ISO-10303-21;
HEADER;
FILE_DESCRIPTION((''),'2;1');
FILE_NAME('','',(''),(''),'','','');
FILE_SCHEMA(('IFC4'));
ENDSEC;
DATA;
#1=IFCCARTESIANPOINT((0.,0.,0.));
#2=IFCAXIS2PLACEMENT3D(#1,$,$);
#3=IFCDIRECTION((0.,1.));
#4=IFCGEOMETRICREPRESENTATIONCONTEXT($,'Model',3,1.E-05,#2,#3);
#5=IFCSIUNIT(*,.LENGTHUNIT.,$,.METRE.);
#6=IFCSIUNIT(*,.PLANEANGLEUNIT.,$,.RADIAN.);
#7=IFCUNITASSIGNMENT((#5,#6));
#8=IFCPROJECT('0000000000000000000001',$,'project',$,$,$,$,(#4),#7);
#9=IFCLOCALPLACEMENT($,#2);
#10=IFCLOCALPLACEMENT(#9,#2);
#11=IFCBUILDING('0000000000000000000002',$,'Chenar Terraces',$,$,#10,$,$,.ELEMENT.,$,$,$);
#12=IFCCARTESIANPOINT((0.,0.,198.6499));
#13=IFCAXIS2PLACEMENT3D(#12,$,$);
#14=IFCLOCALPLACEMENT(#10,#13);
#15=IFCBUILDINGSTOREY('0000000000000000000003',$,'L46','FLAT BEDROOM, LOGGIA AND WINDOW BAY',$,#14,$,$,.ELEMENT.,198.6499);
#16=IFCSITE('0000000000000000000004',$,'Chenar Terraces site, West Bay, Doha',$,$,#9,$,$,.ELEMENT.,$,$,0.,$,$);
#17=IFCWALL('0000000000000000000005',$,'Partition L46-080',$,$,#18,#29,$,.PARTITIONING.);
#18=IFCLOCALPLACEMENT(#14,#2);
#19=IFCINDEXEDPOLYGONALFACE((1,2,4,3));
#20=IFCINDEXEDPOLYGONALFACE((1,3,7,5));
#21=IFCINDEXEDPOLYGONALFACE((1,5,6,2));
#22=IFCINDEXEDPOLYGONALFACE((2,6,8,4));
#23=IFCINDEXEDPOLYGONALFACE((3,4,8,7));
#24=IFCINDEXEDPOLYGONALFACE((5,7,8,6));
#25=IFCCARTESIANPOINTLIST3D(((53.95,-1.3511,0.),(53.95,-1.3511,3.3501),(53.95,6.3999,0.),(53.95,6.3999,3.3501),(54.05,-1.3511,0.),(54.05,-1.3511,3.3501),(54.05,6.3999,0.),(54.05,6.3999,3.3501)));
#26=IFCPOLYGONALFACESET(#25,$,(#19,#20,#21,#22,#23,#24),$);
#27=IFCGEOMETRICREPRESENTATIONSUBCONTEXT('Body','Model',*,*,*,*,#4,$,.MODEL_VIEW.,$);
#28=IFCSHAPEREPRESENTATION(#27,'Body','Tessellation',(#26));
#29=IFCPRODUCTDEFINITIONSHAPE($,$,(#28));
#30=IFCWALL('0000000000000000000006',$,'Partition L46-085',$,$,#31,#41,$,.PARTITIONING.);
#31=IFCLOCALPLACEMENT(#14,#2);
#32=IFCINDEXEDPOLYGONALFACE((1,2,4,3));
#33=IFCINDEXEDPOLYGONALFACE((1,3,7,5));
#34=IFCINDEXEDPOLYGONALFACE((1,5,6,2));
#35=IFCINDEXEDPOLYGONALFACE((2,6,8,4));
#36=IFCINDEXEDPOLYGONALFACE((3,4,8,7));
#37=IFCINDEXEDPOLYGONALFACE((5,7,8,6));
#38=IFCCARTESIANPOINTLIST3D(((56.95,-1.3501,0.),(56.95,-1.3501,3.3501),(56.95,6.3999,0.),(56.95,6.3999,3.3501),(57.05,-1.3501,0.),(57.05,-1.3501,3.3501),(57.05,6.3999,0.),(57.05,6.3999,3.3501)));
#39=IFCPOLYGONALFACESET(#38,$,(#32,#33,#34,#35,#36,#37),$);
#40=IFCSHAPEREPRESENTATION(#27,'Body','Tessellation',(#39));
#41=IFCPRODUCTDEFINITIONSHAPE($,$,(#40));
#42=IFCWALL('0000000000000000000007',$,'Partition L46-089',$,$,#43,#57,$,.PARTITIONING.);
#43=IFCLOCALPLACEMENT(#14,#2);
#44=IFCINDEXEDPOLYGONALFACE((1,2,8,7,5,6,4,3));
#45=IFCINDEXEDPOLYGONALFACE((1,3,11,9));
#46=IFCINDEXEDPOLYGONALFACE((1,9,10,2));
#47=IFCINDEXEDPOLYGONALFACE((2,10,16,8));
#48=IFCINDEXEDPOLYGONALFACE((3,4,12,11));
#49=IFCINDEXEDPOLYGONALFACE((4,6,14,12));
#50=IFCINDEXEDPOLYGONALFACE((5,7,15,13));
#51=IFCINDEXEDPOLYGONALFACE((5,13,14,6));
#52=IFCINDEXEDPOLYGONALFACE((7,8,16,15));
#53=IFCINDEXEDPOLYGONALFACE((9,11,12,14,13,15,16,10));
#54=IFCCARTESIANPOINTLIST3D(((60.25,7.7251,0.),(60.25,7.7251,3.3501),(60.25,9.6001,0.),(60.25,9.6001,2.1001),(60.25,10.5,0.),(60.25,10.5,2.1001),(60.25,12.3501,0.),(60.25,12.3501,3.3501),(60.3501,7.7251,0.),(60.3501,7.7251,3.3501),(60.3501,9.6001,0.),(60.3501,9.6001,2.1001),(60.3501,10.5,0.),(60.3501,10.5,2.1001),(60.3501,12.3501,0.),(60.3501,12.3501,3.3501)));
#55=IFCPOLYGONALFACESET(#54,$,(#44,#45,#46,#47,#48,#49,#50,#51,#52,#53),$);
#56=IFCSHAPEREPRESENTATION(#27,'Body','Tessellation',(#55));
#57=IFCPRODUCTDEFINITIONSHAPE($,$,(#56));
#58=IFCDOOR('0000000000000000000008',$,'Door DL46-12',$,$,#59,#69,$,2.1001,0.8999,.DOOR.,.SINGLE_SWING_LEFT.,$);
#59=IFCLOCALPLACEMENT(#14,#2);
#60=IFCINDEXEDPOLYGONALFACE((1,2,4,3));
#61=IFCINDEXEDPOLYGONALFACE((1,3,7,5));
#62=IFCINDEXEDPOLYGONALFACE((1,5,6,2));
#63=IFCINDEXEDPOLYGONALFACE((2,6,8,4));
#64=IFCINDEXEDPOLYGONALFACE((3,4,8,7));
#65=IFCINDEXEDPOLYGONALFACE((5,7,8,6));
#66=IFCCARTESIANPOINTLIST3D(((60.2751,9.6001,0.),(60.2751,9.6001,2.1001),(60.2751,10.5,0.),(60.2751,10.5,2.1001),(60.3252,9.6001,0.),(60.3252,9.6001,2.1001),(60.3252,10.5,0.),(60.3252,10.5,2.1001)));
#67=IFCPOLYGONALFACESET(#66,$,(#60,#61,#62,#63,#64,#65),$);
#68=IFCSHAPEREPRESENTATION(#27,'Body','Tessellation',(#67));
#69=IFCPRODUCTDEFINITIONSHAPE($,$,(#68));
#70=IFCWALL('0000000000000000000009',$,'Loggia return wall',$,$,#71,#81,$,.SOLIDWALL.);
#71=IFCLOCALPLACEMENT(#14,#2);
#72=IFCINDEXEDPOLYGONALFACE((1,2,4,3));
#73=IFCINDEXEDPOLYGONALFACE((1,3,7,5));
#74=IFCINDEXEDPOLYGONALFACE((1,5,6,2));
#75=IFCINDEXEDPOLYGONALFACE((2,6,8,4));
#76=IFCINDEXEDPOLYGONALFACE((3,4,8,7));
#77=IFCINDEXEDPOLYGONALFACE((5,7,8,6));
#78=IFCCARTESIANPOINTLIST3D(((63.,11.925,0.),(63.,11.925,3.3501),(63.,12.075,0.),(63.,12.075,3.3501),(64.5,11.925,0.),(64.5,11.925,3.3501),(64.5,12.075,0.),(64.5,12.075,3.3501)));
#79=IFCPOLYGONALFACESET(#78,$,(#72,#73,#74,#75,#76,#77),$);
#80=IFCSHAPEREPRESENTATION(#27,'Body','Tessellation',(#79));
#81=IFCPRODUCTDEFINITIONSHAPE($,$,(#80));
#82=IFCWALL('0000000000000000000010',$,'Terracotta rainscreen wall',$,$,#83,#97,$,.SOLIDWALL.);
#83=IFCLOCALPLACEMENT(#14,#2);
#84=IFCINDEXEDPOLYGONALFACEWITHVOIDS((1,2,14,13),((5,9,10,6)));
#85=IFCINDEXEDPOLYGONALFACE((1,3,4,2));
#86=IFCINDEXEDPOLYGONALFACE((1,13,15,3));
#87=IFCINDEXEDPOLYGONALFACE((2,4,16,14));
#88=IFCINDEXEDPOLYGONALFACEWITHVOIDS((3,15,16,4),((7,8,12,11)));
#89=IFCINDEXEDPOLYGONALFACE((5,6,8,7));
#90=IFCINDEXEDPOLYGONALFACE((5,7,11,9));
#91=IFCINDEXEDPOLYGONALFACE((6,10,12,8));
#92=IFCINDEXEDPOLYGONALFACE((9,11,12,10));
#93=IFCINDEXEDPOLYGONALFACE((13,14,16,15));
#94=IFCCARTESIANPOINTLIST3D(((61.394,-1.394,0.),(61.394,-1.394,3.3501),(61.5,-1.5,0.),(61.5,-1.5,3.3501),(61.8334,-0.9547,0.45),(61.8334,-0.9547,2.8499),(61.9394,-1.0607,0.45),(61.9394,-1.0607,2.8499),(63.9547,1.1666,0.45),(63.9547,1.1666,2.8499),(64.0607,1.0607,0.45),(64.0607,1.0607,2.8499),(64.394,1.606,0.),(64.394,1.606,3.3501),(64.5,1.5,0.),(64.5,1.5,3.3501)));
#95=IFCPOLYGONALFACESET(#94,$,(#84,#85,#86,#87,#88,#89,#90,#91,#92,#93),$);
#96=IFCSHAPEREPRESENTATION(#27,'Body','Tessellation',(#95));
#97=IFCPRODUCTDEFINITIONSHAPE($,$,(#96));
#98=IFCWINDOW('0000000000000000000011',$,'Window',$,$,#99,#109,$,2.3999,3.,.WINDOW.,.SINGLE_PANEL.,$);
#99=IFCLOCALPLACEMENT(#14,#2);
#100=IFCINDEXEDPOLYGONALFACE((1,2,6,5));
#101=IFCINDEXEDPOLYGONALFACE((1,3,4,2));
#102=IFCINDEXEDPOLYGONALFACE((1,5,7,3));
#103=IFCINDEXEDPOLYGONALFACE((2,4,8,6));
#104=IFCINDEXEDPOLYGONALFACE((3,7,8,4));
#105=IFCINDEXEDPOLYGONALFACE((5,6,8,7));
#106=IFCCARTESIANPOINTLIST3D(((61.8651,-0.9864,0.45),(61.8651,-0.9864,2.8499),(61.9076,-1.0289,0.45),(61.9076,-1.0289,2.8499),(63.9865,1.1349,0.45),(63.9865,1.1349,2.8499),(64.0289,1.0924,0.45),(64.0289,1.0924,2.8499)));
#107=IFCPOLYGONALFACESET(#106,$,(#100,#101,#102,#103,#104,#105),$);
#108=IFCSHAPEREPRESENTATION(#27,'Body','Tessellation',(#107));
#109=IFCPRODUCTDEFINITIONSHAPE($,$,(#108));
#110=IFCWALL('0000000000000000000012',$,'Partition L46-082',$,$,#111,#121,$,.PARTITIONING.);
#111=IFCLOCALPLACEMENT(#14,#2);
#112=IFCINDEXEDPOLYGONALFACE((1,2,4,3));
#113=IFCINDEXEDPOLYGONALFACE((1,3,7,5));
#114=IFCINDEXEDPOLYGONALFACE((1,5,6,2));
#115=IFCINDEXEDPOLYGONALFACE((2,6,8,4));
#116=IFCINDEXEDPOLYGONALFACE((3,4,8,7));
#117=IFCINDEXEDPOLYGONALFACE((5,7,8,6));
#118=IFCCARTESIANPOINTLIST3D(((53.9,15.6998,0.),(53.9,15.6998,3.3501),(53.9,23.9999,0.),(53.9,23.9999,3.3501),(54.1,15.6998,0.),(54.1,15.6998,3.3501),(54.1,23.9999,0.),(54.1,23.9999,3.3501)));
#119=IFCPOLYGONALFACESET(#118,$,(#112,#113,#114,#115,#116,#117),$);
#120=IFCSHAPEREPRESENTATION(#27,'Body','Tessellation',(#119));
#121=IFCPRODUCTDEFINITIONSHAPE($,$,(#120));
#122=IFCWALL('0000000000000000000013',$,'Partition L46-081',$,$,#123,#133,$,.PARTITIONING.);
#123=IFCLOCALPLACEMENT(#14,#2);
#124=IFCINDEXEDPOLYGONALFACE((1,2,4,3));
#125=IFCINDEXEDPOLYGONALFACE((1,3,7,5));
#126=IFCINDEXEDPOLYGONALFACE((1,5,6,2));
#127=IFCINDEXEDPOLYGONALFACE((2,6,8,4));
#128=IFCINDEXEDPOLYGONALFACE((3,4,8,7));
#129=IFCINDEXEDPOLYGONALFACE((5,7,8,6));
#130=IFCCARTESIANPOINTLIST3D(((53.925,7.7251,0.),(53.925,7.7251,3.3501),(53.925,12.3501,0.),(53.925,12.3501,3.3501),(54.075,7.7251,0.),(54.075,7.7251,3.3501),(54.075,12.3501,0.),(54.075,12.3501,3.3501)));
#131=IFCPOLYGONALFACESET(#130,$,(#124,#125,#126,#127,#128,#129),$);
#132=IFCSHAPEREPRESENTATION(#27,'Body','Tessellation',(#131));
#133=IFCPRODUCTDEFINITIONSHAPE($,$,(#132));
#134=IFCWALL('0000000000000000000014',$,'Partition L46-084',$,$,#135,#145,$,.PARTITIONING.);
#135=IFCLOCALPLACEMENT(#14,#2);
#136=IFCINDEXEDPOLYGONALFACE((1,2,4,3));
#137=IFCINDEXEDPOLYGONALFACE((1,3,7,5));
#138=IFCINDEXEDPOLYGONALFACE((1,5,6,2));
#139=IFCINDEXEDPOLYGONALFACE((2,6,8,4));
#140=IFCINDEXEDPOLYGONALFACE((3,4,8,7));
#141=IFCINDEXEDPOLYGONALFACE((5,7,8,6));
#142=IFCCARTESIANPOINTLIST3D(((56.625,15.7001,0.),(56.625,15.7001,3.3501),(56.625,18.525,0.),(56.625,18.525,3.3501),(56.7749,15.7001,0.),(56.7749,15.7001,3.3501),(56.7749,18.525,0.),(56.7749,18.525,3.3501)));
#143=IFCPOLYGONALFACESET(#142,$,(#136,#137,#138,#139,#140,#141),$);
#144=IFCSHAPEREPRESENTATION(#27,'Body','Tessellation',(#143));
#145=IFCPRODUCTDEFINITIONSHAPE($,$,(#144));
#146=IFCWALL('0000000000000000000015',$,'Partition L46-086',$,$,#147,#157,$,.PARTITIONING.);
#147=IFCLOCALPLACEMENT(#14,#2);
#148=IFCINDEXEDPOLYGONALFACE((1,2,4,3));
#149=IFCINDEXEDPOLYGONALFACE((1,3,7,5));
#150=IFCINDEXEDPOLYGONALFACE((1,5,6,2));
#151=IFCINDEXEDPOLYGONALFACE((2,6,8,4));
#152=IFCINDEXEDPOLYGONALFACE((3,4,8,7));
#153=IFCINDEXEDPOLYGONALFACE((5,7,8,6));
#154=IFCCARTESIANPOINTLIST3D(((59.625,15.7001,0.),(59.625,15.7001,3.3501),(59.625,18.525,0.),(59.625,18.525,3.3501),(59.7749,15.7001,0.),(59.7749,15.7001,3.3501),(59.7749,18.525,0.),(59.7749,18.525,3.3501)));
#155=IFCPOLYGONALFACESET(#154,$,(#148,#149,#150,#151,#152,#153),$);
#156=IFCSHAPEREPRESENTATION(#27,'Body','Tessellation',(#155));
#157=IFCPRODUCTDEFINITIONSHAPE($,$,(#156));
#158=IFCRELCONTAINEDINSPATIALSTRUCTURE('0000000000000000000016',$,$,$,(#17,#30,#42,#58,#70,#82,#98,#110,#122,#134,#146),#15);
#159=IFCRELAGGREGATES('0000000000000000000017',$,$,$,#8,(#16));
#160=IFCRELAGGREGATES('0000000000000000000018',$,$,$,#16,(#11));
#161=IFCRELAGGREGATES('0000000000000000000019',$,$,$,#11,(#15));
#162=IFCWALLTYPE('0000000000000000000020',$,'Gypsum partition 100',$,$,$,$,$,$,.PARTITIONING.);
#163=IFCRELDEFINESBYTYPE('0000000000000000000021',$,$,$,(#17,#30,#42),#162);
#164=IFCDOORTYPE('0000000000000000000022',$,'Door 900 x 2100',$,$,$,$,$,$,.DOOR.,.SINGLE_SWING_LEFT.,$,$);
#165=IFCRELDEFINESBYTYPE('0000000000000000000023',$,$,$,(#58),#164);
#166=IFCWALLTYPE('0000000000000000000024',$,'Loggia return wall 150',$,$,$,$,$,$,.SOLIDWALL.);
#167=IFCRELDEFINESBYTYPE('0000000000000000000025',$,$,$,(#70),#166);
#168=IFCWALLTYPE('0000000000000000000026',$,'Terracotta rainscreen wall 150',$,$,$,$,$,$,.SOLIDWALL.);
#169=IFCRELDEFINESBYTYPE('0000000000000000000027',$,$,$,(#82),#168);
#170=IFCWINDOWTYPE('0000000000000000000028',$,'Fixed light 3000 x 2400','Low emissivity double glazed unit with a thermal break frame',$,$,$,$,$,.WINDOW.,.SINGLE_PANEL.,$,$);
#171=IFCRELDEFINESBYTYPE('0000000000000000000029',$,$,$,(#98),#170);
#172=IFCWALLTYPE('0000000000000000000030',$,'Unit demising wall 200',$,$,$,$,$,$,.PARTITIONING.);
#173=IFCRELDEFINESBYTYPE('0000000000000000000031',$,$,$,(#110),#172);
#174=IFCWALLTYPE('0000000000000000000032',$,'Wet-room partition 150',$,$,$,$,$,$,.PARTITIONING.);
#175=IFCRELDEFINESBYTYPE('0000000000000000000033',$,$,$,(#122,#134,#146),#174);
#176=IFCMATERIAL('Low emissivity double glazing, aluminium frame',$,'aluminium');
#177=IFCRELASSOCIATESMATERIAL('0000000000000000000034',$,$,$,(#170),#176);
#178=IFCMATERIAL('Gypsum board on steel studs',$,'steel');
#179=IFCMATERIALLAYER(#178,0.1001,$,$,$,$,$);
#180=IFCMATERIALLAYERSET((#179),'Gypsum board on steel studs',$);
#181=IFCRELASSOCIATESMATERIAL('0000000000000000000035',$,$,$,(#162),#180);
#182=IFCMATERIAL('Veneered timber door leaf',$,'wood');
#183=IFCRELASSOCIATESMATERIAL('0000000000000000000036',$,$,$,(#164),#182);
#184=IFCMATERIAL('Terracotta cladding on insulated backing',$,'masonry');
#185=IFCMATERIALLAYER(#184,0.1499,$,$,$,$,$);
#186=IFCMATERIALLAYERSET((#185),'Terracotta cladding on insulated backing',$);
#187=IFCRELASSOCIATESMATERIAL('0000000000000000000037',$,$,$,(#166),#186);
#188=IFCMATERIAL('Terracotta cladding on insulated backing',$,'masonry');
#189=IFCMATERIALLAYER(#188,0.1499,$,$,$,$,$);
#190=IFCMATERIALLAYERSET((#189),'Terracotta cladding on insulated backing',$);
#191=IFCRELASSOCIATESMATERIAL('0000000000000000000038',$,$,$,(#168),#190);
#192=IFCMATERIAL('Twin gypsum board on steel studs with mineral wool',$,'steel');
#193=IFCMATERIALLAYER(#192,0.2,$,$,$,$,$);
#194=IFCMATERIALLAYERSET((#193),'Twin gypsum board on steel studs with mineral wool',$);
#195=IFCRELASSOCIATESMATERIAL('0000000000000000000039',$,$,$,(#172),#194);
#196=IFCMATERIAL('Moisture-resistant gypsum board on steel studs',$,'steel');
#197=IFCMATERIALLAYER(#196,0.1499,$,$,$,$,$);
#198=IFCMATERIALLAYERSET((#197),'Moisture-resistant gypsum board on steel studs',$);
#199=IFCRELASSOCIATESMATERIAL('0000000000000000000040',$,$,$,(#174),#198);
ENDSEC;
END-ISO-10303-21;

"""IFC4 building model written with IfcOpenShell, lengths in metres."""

from ifc_helpers import new_model, si_unit, direction, frame, frame_2d, origin, place, context, subcontext, project, spatial, rectangle, extrude, material, layer, layer_set, type_object, element, fill, save


model = new_model("IFC4")

# Units and contexts
model_context = context("Model", 3, precision=1e-05, world=origin(), true_north=direction((0.0, 1.0)))
body_context = subcontext(model_context, "Body", "Model", "MODEL_VIEW")
ifc_project = project(units=[si_unit("LENGTHUNIT", "METRE"), si_unit("PLANEANGLEUNIT", "RADIAN")], contexts=[model_context])

# Site, building, storey
site_placement = place(None, origin())
site = spatial("IfcSite", under=ifc_project, at=site_placement, Name="Chenar Terraces site, West Bay, Doha", CompositionType="ELEMENT", RefElevation=0.0)
building_placement = place(site_placement, origin())
building = spatial("IfcBuilding", under=site, at=building_placement, Name="Chenar Terraces", CompositionType="ELEMENT")
storey_placement = place(building_placement, frame((0.0, 0.0, 198.6499)))
storey = spatial("IfcBuildingStorey", under=building, at=storey_placement, Name="L46", Description="FLAT BEDROOM, LOGGIA AND WINDOW BAY", CompositionType="ELEMENT", Elevation=198.6499)

# Shared definitions
ifc_material_1 = material(Name="Low emissivity double glazing, aluminium frame", Category="aluminium")
window_type_1 = type_object("IfcWindowType", Name="Fixed light 3000 x 2400", Description="Low emissivity double glazed unit with a thermal break frame", PartitioningType="SINGLE_PANEL", PredefinedType="WINDOW", material=ifc_material_1)

# Walls
ifc_material_2 = material(Name="Gypsum board on steel studs", Category="steel")
ifc_layer_1 = layer(ifc_material_2, 0.1001)
ifc_layer_set_1 = layer_set([ifc_layer_1], Name="Gypsum board on steel studs")
wall_type_1 = type_object("IfcWallType", Name="Gypsum partition 100", PredefinedType="PARTITIONING", material=ifc_layer_set_1)
wall_1_placement = place(storey_placement, frame((54.0, -1.3511, 0.0), z_axis=(0.0, 0.0, 1.0), x_axis=(0.0, 1.0, 0.0)))
element("IfcWall", 1, at=wall_1_placement, inside=storey, type_object=wall_type_1, Name="Partition L46-080", PredefinedType="PARTITIONING", context=body_context, shape_type="SweptSolid", body=[
    extrude(rectangle(XDim=7.751, YDim=0.1001, at=frame_2d((3.8755, 0.0))), origin(), (0.0, 0.0, 1.0), 3.3501),
])
wall_2_placement = place(storey_placement, frame((57.0, -1.3501, 0.0), z_axis=(0.0, 0.0, 1.0), x_axis=(0.0, 1.0, 0.0)))
element("IfcWall", 2, at=wall_2_placement, inside=storey, type_object=wall_type_1, Name="Partition L46-085", PredefinedType="PARTITIONING", context=body_context, shape_type="SweptSolid", body=[
    extrude(rectangle(XDim=7.75, YDim=0.1001, at=frame_2d((3.875, 0.0))), origin(), (0.0, 0.0, 1.0), 3.3501),
])

# Wall, opening, door
wall_3_placement = place(storey_placement, frame((60.3, 7.7251, 0.0), z_axis=(0.0, 0.0, 1.0), x_axis=(0.0, 1.0, 0.0)))
wall_3 = element("IfcWall", 3, at=wall_3_placement, inside=storey, type_object=wall_type_1, Name="Partition L46-089", PredefinedType="PARTITIONING", context=body_context, shape_type="SweptSolid", body=[
    extrude(rectangle(XDim=4.625, YDim=0.1001, at=frame_2d((2.3125, 0.0))), origin(), (0.0, 0.0, 1.0), 3.3501),
])
opening_1_placement = place(wall_3_placement, frame((1.875, 0.0, 0.0)))
opening_1 = element("IfcOpeningElement", 4, at=opening_1_placement, cuts=wall_3, PredefinedType="OPENING", context=body_context, shape_type="SweptSolid", body=[
    extrude(rectangle(XDim=0.8999, YDim=2.1001, at=frame_2d((0.45, 1.05))), frame((0.0, 0.0601, 0.0), z_axis=(0.0, -1.0, 0.0), x_axis=(1.0, 0.0, 0.0)), (0.0, 0.0, 1.0), 0.1201),
])
ifc_material_3 = material(Name="Veneered timber door leaf", Category="wood")
door_type_1 = type_object("IfcDoorType", Name="Door 900 x 2100", OperationType="SINGLE_SWING_LEFT", PredefinedType="DOOR", material=ifc_material_3)
door_1_placement = place(opening_1_placement, origin())
door_1 = element("IfcDoor", 5, at=door_1_placement, inside=storey, type_object=door_type_1, Name="Door DL46-12", OperationType="SINGLE_SWING_LEFT", OverallHeight=2.1001, OverallWidth=0.8999, PredefinedType="DOOR", context=body_context, shape_type="SweptSolid", body=[
    extrude(rectangle(XDim=0.8999, YDim=2.1001, at=frame_2d((0.45, 1.05))), frame((0.0, 0.0249, 0.0), z_axis=(0.0, -1.0, 0.0), x_axis=(1.0, 0.0, 0.0)), (0.0, 0.0, 1.0), 0.05),
])
fill(opening_1, door_1)

# Wall
ifc_material_4 = material(Name="Terracotta cladding on insulated backing", Category="masonry")
ifc_layer_2 = layer(ifc_material_4, 0.1499)
ifc_layer_set_2 = layer_set([ifc_layer_2], Name="Terracotta cladding on insulated backing")
wall_type_2 = type_object("IfcWallType", Name="Loggia return wall 150", PredefinedType="SOLIDWALL", material=ifc_layer_set_2)
wall_4_placement = place(storey_placement, frame((64.5, 12.0, 0.0), z_axis=(0.0, 0.0, 1.0), x_axis=(-1.0, 0.0, 0.0)))
element("IfcWall", 6, at=wall_4_placement, inside=storey, type_object=wall_type_2, Name="Loggia return wall", PredefinedType="SOLIDWALL", context=body_context, shape_type="SweptSolid", body=[
    extrude(rectangle(XDim=1.5, YDim=0.1499, at=frame_2d((0.75, 0.0))), origin(), (0.0, 0.0, 1.0), 3.3501),
])

# Wall, opening, window
ifc_material_5 = material(Name="Terracotta cladding on insulated backing", Category="masonry")
ifc_layer_3 = layer(ifc_material_5, 0.1499)
ifc_layer_set_3 = layer_set([ifc_layer_3], Name="Terracotta cladding on insulated backing")
wall_type_3 = type_object("IfcWallType", Name="Terracotta rainscreen wall 150", PredefinedType="SOLIDWALL", material=ifc_layer_set_3)
wall_5_placement = place(storey_placement, frame((61.447, -1.447, 0.0), z_axis=(0.0, 0.0, 1.0), x_axis=(0.707107, 0.707107, 0.0)))
wall_5 = element("IfcWall", 7, at=wall_5_placement, inside=storey, type_object=wall_type_3, Name="Terracotta rainscreen wall", PredefinedType="SOLIDWALL", context=body_context, shape_type="SweptSolid", body=[
    extrude(rectangle(XDim=4.2427, YDim=0.1499, at=frame_2d((2.1213, 0.0))), origin(), (0.0, 0.0, 1.0), 3.3501),
])
opening_2_placement = place(wall_5_placement, frame((0.6213, 0.0, 0.45)))
opening_2 = element("IfcOpeningElement", 8, at=opening_2_placement, cuts=wall_5, PredefinedType="OPENING", context=body_context, shape_type="SweptSolid", body=[
    extrude(rectangle(XDim=3.0, YDim=2.3999, at=frame_2d((1.5, 1.2))), frame((0.0, 0.085, 0.0), z_axis=(0.0, -1.0, 0.0), x_axis=(1.0, 0.0, 0.0)), (0.0, 0.0, 1.0), 0.1699),
])
window_1_placement = place(opening_2_placement, origin())
window_1 = element("IfcWindow", 9, at=window_1_placement, inside=storey, type_object=window_type_1, Name="Window", OverallHeight=2.3999, OverallWidth=3.0, PartitioningType="SINGLE_PANEL", PredefinedType="WINDOW", context=body_context, shape_type="SweptSolid", body=[
    extrude(rectangle(XDim=3.0, YDim=2.3999, at=frame_2d((1.5, 1.2))), frame((0.0, 0.03, 0.0), z_axis=(0.0, -1.0, 0.0), x_axis=(1.0, 0.0, 0.0)), (0.0, 0.0, 1.0), 0.0601),
])
fill(opening_2, window_1)

# Walls
ifc_material_6 = material(Name="Twin gypsum board on steel studs with mineral wool", Category="steel")
ifc_layer_4 = layer(ifc_material_6, 0.2)
ifc_layer_set_4 = layer_set([ifc_layer_4], Name="Twin gypsum board on steel studs with mineral wool")
wall_type_4 = type_object("IfcWallType", Name="Unit demising wall 200", PredefinedType="PARTITIONING", material=ifc_layer_set_4)
wall_6_placement = place(storey_placement, frame((54.0, 15.7, 0.0), z_axis=(0.0, 0.0, 1.0), x_axis=(0.0, 1.0, 0.0)))
element("IfcWall", 10, at=wall_6_placement, inside=storey, type_object=wall_type_4, Name="Partition L46-082", PredefinedType="PARTITIONING", context=body_context, shape_type="SweptSolid", body=[
    extrude(rectangle(XDim=8.3, YDim=0.2, at=frame_2d((4.1499, 0.0))), origin(), (0.0, 0.0, 1.0), 3.3501),
])
ifc_material_7 = material(Name="Moisture-resistant gypsum board on steel studs", Category="steel")
ifc_layer_5 = layer(ifc_material_7, 0.1499)
ifc_layer_set_5 = layer_set([ifc_layer_5], Name="Moisture-resistant gypsum board on steel studs")
wall_type_5 = type_object("IfcWallType", Name="Wet-room partition 150", PredefinedType="PARTITIONING", material=ifc_layer_set_5)
wall_7_placement = place(storey_placement, frame((54.0, 7.7251, 0.0), z_axis=(0.0, 0.0, 1.0), x_axis=(0.0, 1.0, 0.0)))
element("IfcWall", 11, at=wall_7_placement, inside=storey, type_object=wall_type_5, Name="Partition L46-081", PredefinedType="PARTITIONING", context=body_context, shape_type="SweptSolid", body=[
    extrude(rectangle(XDim=4.625, YDim=0.1499, at=frame_2d((2.3125, 0.0))), origin(), (0.0, 0.0, 1.0), 3.3501),
])
for number, where, z_axis, x_axis, name in (
    (12, (56.7, 15.7, 0.0), (0.0, 0.0, 1.0), (0.0, 1.0, 0.0), "Partition L46-084"),
    (13, (59.7, 15.7, 0.0), (0.0, 0.0, 1.0), (0.0, 1.0, 0.0), "Partition L46-086"),
):
    element("IfcWall", number, at=place(storey_placement, frame(where, z_axis=z_axis, x_axis=x_axis)), inside=storey, type_object=wall_type_5, Name=name, PredefinedType="PARTITIONING", context=body_context, shape_type="SweptSolid", body=[
        extrude(rectangle(XDim=2.825, YDim=0.1499, at=frame_2d((1.4126, 0.0))), origin(), (0.0, 0.0, 1.0), 3.3501),
    ])

save(model, "model.ifc")
